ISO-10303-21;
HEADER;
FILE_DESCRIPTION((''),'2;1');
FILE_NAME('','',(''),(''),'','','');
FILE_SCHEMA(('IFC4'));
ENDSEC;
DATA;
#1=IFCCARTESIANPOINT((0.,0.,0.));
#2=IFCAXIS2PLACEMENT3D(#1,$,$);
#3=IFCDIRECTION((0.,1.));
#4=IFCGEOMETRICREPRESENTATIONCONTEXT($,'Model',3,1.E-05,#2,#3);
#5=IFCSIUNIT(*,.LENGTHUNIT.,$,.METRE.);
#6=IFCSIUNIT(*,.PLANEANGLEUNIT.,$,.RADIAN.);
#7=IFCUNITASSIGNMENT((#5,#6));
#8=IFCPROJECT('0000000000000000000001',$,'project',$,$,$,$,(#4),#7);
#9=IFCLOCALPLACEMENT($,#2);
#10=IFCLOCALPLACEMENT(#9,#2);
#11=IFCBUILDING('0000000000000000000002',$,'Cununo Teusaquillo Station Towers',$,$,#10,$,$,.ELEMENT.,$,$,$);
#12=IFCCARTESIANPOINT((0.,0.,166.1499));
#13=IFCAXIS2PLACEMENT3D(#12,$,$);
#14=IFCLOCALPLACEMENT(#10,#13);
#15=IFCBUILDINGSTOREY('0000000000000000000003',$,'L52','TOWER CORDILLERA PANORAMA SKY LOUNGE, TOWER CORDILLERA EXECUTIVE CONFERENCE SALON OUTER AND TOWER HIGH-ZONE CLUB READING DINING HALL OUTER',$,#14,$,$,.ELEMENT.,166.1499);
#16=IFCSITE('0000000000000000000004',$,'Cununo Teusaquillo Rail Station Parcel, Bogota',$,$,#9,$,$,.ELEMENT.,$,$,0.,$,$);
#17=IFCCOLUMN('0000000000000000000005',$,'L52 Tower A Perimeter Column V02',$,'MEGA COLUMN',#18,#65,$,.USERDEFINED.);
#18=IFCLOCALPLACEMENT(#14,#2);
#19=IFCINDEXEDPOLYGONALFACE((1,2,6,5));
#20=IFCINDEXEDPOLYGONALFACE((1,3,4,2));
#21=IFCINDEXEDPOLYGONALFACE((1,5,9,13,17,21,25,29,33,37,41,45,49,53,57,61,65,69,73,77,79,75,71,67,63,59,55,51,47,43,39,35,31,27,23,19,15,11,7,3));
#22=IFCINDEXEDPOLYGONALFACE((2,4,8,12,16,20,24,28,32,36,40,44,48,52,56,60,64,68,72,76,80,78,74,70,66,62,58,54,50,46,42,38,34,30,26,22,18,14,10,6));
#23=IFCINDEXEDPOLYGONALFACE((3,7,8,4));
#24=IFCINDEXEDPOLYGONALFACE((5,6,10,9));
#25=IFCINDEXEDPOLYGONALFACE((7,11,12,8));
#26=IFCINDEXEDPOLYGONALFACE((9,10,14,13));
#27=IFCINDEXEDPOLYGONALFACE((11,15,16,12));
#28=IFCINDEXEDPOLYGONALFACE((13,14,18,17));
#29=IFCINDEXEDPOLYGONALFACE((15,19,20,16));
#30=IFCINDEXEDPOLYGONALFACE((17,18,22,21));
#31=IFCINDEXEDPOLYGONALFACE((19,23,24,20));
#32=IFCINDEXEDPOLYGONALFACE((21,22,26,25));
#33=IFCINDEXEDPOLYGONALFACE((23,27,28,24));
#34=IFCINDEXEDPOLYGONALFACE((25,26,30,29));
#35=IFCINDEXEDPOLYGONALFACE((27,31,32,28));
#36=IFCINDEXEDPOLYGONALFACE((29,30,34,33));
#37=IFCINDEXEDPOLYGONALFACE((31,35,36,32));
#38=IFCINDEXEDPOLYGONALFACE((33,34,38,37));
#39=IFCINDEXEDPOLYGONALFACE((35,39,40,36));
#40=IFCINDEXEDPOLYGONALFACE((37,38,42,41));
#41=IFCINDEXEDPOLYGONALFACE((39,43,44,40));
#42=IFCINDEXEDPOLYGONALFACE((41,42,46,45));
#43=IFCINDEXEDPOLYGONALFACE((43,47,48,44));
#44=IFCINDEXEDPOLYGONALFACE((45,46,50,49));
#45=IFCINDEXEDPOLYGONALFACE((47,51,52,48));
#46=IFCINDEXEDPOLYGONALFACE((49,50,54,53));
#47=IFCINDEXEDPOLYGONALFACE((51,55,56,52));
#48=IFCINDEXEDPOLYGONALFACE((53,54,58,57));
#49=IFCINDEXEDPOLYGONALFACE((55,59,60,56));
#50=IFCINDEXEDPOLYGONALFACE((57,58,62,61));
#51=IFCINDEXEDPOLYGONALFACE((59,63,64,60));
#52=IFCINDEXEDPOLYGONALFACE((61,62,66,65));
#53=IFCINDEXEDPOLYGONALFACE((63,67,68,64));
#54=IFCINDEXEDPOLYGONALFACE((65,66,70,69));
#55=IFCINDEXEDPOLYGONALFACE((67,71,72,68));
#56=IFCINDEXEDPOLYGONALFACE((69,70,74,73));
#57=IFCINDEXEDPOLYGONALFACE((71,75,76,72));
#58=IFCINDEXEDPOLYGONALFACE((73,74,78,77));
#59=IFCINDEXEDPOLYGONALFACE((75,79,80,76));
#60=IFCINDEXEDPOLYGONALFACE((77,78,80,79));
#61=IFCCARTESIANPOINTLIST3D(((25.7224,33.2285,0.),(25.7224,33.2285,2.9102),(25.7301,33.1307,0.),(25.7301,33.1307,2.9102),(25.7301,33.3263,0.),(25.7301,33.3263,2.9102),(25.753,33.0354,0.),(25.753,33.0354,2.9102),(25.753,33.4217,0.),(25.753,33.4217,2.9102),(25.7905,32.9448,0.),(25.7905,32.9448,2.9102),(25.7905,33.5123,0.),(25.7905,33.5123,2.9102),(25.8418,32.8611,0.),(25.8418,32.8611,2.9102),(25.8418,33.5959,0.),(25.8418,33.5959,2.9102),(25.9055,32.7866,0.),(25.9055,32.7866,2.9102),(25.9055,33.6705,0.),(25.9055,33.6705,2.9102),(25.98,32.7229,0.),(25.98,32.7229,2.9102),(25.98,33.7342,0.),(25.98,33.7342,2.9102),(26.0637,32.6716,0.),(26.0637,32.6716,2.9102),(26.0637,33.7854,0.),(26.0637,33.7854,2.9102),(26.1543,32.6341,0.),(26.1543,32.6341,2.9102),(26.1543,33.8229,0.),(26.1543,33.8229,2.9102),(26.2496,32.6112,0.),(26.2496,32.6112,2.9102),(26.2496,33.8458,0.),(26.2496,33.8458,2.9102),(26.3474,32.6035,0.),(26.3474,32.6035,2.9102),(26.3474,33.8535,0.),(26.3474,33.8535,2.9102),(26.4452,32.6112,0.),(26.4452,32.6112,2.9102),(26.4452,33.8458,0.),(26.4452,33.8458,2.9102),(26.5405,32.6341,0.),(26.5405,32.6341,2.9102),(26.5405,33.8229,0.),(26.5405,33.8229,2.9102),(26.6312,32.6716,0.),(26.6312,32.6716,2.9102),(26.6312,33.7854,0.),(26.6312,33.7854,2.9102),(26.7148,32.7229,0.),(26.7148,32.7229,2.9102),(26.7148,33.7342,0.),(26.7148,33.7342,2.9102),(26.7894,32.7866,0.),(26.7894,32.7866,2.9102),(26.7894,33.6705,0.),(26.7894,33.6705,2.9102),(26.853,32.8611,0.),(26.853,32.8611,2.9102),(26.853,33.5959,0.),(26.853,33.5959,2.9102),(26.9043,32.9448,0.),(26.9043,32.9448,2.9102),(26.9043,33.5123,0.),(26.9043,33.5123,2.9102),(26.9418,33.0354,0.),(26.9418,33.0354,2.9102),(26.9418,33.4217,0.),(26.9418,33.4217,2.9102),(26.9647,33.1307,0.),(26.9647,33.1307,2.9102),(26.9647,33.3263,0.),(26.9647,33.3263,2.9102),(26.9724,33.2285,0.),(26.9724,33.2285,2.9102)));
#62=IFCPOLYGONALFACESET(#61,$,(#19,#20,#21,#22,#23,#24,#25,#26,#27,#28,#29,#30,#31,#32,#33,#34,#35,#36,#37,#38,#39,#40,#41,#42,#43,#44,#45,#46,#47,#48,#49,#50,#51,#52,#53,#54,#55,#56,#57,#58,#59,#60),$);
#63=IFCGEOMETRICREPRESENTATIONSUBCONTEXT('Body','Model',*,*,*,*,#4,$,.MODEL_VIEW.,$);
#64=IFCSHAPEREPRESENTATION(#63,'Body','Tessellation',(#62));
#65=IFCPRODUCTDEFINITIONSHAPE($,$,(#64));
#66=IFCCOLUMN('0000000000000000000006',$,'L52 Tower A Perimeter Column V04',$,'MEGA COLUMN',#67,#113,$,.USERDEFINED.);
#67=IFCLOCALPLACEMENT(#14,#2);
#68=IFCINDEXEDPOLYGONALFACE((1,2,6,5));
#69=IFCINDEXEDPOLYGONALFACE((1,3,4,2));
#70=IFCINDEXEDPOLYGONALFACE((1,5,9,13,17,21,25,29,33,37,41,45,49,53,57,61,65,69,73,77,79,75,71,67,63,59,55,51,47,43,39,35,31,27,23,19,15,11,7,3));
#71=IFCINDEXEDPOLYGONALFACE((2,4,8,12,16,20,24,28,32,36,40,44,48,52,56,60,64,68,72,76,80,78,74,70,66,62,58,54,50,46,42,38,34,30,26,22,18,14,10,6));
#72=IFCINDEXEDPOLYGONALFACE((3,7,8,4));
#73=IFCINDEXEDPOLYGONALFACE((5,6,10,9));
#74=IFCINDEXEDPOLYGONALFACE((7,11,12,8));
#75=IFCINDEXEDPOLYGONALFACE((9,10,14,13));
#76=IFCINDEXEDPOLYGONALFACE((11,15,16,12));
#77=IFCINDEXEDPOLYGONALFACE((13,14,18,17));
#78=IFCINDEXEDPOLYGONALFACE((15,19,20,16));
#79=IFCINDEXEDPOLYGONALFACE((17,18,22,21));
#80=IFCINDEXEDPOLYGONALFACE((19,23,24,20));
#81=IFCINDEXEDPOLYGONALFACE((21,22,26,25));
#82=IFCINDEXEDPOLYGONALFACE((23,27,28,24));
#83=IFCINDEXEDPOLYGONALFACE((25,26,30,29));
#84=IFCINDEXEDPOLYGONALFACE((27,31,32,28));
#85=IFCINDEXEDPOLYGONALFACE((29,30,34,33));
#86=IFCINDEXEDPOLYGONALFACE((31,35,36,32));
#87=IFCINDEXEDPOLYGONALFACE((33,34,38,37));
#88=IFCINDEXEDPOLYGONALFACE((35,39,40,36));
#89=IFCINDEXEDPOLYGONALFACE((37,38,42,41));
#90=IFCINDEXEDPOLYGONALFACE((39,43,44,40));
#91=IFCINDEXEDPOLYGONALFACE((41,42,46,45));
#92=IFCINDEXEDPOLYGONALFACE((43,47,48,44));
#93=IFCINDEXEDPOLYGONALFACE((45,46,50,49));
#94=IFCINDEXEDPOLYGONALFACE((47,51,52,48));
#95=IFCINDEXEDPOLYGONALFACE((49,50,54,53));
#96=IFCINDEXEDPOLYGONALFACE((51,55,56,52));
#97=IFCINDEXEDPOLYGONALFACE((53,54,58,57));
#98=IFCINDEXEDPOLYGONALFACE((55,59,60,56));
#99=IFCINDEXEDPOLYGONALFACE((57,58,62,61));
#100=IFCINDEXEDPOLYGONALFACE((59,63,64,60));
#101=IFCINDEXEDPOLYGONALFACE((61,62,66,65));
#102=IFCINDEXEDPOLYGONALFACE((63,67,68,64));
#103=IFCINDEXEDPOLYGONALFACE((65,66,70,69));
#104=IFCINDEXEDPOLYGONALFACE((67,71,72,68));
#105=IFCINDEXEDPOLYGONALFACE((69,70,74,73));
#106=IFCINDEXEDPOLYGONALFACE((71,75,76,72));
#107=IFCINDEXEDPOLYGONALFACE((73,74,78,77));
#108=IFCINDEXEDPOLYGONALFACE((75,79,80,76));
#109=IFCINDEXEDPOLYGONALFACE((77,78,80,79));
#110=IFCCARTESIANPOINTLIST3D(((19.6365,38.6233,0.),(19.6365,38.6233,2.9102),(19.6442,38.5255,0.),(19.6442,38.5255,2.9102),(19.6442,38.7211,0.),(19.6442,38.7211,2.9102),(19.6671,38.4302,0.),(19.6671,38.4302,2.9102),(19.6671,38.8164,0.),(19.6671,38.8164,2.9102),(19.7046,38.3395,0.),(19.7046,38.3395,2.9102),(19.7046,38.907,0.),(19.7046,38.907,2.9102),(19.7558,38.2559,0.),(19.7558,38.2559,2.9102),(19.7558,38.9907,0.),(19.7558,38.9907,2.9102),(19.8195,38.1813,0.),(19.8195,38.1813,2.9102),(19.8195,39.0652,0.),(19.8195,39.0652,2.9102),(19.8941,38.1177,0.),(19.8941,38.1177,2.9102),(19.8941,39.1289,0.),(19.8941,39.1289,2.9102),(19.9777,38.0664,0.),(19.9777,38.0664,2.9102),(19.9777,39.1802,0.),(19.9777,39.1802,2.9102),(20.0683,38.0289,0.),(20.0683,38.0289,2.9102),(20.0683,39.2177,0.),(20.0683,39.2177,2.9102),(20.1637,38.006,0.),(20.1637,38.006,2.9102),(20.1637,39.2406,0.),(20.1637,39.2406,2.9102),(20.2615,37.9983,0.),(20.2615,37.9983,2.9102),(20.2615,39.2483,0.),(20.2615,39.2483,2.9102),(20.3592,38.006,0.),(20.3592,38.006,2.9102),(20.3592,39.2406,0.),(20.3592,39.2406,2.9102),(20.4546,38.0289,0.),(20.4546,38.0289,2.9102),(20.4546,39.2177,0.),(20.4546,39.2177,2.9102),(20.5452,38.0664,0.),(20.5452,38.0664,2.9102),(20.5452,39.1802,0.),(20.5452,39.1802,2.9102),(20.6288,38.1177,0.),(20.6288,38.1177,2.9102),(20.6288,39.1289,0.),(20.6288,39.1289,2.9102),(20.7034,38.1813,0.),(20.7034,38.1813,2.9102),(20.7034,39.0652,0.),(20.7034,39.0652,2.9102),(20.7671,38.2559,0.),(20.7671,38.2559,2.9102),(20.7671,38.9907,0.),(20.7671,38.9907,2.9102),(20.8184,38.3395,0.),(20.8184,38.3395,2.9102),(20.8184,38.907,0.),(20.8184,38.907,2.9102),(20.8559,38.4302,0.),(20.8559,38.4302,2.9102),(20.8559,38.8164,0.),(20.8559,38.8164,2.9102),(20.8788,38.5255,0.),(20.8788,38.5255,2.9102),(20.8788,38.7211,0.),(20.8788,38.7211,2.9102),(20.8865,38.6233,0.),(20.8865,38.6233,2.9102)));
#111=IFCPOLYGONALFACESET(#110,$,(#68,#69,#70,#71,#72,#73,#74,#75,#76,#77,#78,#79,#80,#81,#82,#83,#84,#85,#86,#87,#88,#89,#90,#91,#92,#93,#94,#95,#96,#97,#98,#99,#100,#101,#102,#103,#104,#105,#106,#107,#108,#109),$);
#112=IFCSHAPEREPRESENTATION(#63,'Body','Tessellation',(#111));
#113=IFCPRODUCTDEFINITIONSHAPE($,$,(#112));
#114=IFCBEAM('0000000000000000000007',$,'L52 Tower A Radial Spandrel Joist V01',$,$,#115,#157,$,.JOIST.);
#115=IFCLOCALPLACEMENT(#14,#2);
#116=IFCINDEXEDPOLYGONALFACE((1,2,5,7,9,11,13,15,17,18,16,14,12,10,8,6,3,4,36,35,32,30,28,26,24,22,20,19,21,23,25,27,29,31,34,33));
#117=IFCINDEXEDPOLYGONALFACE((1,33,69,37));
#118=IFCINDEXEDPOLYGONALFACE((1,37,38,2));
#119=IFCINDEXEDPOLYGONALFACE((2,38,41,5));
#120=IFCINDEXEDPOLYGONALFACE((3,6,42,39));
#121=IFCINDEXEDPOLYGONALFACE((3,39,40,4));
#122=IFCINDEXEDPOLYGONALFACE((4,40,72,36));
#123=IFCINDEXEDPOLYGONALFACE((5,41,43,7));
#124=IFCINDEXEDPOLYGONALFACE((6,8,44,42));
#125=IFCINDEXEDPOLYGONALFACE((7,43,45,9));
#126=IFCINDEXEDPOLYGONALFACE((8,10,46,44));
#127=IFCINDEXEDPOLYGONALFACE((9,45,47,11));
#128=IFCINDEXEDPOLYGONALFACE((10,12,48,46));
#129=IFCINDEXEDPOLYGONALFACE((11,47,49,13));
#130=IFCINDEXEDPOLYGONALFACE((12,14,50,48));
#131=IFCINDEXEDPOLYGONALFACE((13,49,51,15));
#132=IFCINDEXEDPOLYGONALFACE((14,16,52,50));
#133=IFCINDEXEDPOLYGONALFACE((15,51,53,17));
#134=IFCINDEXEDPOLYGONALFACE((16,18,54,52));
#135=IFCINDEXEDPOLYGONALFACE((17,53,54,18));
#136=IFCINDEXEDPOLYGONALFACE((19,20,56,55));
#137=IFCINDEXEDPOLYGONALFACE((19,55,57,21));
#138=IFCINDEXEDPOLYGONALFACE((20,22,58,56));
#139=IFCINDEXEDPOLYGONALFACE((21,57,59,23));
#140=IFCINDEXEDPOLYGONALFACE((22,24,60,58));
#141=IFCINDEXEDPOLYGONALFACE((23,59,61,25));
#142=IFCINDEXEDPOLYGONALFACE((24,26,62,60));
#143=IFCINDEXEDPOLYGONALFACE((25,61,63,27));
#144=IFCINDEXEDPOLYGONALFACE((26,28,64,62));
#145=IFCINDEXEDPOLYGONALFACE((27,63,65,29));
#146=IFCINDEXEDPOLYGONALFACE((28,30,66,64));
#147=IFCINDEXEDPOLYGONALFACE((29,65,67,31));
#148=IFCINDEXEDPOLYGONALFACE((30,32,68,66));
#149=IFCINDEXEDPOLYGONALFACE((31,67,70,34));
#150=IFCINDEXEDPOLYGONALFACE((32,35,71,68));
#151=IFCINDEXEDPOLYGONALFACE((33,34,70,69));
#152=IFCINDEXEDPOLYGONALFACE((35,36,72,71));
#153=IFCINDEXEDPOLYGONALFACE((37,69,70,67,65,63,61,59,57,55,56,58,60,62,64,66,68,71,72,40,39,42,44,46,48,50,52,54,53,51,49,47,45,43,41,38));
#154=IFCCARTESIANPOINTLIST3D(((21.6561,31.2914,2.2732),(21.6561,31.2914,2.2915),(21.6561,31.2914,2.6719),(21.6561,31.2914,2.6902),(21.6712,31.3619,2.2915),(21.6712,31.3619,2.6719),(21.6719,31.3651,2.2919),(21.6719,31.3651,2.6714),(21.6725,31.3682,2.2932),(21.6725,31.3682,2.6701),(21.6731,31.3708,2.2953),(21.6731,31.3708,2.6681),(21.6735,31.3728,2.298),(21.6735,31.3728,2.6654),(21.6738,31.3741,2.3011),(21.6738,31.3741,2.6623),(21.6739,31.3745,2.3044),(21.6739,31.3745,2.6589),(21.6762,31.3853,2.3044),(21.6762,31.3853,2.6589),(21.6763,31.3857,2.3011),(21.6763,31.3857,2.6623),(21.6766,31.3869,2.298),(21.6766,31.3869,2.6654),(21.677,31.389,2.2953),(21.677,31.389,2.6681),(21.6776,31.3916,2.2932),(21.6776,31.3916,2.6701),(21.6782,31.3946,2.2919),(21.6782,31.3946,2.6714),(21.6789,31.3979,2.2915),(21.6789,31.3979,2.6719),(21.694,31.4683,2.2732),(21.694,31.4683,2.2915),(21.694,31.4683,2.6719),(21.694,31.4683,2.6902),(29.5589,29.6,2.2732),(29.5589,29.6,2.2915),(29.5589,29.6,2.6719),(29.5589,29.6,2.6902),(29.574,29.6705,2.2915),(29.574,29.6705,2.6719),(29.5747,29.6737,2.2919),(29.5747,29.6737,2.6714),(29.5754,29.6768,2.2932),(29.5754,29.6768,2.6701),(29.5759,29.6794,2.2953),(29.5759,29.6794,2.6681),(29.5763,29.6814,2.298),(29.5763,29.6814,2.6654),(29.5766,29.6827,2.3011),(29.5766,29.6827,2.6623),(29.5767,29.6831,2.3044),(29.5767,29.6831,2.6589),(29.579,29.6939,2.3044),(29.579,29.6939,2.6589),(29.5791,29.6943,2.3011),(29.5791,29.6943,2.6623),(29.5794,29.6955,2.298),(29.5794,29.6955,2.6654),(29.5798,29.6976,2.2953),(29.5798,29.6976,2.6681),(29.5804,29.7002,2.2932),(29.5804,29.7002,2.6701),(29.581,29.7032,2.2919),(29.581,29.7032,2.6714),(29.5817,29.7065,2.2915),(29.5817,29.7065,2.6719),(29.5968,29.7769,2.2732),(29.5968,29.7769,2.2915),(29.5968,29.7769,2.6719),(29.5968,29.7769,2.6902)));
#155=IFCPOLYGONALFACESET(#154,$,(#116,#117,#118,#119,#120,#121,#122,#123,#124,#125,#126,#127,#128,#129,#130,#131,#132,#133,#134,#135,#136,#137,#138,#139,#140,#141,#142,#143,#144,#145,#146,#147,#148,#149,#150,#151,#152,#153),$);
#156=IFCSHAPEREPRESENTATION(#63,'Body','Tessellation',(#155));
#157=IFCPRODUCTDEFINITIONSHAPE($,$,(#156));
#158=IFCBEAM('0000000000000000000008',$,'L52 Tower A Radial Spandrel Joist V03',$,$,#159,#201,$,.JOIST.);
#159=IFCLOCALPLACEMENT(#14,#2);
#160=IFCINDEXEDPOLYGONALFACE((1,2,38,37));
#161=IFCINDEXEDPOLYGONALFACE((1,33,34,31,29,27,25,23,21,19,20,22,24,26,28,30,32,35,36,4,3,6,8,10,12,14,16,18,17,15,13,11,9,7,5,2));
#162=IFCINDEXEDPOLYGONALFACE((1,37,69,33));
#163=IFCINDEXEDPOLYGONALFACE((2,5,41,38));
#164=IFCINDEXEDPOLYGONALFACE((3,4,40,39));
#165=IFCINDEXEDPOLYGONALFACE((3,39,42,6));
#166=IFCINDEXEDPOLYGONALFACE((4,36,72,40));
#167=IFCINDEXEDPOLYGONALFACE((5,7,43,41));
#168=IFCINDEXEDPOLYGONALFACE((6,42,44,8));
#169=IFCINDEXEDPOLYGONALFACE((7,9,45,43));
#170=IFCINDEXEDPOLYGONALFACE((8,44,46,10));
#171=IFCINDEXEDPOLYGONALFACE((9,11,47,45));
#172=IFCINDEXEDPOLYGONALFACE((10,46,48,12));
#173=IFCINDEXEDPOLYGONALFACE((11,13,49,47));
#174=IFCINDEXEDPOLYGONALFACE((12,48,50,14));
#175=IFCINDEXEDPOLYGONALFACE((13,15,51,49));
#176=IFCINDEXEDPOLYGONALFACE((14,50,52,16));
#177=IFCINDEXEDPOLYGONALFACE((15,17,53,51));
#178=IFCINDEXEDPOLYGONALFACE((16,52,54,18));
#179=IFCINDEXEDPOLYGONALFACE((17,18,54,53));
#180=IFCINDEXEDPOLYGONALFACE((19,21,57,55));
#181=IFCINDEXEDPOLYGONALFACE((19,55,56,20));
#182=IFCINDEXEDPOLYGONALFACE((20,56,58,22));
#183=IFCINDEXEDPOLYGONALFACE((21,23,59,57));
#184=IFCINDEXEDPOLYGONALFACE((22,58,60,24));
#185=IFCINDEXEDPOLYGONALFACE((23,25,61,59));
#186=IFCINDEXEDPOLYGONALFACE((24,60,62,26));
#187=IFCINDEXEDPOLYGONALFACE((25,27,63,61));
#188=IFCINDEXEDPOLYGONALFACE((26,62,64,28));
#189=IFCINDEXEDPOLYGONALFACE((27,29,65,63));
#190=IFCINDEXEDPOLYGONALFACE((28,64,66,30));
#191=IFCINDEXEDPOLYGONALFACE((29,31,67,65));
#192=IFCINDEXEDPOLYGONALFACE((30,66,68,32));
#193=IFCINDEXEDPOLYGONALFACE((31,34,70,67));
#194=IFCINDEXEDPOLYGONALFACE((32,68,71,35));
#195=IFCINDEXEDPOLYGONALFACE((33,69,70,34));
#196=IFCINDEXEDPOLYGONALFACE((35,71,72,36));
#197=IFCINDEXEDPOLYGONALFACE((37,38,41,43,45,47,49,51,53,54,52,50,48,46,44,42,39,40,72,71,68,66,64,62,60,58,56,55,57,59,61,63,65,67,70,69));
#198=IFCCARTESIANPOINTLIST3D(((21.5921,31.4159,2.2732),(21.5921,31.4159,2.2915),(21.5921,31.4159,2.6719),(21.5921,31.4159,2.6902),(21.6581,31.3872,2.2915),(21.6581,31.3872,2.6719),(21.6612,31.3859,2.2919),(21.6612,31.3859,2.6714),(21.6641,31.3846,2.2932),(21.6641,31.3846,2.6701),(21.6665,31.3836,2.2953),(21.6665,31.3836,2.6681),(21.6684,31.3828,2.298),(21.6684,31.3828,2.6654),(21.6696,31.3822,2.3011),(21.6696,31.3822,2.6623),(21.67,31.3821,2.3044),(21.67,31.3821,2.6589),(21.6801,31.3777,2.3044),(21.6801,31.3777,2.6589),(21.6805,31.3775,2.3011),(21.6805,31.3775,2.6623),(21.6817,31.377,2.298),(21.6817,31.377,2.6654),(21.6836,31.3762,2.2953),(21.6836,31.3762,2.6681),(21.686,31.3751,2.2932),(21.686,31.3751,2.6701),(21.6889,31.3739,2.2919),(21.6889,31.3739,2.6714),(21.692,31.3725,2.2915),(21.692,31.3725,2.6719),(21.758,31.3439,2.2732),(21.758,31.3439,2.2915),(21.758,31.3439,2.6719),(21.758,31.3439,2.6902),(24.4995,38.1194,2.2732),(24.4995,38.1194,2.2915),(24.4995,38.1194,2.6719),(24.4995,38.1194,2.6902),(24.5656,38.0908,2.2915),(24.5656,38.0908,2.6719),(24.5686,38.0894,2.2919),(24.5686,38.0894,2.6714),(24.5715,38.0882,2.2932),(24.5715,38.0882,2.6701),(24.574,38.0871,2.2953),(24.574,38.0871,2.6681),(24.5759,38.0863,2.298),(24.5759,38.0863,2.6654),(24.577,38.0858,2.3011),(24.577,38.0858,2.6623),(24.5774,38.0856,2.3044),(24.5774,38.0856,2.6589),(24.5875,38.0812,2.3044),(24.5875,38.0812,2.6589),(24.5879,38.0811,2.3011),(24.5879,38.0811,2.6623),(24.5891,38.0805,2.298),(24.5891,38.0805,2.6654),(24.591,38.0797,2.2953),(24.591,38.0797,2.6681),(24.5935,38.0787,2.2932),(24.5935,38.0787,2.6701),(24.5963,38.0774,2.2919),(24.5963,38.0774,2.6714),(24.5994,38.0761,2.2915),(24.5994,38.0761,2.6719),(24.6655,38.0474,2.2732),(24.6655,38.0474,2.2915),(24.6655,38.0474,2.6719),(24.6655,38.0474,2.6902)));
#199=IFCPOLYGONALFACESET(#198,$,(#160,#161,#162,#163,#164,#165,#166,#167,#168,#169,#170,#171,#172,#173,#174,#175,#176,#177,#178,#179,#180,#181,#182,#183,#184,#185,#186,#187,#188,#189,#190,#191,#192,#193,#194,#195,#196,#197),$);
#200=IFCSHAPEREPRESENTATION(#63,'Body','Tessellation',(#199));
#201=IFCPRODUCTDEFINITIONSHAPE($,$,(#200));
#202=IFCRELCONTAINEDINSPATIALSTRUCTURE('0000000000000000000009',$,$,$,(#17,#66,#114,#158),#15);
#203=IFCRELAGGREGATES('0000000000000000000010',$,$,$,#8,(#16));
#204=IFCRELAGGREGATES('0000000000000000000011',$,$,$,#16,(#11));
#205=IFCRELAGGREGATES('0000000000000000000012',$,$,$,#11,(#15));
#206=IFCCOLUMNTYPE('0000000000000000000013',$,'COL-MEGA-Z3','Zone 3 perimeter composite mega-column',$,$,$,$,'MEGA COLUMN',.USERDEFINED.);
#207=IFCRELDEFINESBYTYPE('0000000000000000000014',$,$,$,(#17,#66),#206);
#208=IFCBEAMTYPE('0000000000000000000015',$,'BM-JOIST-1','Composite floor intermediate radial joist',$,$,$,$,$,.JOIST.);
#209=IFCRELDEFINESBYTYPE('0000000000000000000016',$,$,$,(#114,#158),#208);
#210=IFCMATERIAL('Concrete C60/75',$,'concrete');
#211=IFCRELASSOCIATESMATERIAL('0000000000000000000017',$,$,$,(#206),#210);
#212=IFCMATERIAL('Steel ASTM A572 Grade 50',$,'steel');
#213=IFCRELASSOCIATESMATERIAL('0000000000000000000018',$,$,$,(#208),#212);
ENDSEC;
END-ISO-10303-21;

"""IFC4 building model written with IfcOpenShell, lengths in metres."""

from ifc_helpers import new_model, si_unit, direction, frame, origin, origin_2d, place, context, subcontext, project, spatial, circle, i_section, extrude, material, material_profile, profile_set, type_object, element, save


model = new_model("IFC4")

# Units and contexts
model_context = context("Model", 3, precision=1e-05, world=origin(), true_north=direction((0.0, 1.0)))
body_context = subcontext(model_context, "Body", "Model", "MODEL_VIEW")
ifc_project = project(units=[si_unit("LENGTHUNIT", "METRE"), si_unit("PLANEANGLEUNIT", "RADIAN")], contexts=[model_context])

# Site, building, storey
site_placement = place(None, origin())
site = spatial("IfcSite", under=ifc_project, at=site_placement, Name="Cununo Teusaquillo Rail Station Parcel, Bogota", CompositionType="ELEMENT", RefElevation=0.0)
building_placement = place(site_placement, origin())
building = spatial("IfcBuilding", under=site, at=building_placement, Name="Cununo Teusaquillo Station Towers", CompositionType="ELEMENT")
storey_placement = place(building_placement, frame((0.0, 0.0, 166.1499)))
storey = spatial("IfcBuildingStorey", under=building, at=storey_placement, Name="L52", Description="TOWER CORDILLERA PANORAMA SKY LOUNGE, TOWER CORDILLERA EXECUTIVE CONFERENCE SALON OUTER AND TOWER HIGH-ZONE CLUB READING DINING HALL OUTER", CompositionType="ELEMENT", Elevation=166.1499)

# Columns
ifc_material_1 = material(Name="Concrete C60/75", Category="concrete")
ifc_material_profile_1 = material_profile(ifc_material_1, circle(Radius=0.625, at=origin_2d()), Name="RC-CIRC-1250")
ifc_profile_set_1 = profile_set([ifc_material_profile_1], Name="Concrete C60/75")
column_type = type_object("IfcColumnType", Name="COL-MEGA-Z3", Description="Zone 3 perimeter composite mega-column", ElementType="MEGA COLUMN", PredefinedType="USERDEFINED", material=ifc_profile_set_1)
for number, where, z_axis, x_axis, name in (
    (1, (26.3474, 33.2285, 0.0), (0.0, 0.0, 1.0), (1.0, 0.0, 0.0), "L52 Tower A Perimeter Column V02"),
    (2, (20.2615, 38.6233, 0.0), (0.0, 0.0, 1.0), (1.0, 0.0, 0.0), "L52 Tower A Perimeter Column V04"),
):
    element("IfcColumn", number, at=place(storey_placement, frame(where, z_axis=z_axis, x_axis=x_axis)), inside=storey, type_object=column_type, Name=name, ObjectType="MEGA COLUMN", PredefinedType="USERDEFINED", context=body_context, shape_type="SweptSolid", body=[
        extrude(circle(Radius=0.625, at=origin_2d()), origin(), (0.0, 0.0, 1.0), 2.9102),
    ])

# Beams
ifc_material_2 = material(Name="Steel ASTM A572 Grade 50", Category="steel")
ifc_material_profile_2 = material_profile(ifc_material_2, i_section(OverallWidth=0.1809, OverallDepth=0.417, WebThickness=0.011, FlangeThickness=0.0183, FilletRadius=0.0129, at=origin_2d()), Name="W16X57")
ifc_profile_set_2 = profile_set([ifc_material_profile_2], Name="Steel ASTM A572 Grade 50")
beam_type_1 = type_object("IfcBeamType", Name="BM-JOIST-1", Description="Composite floor intermediate radial joist", PredefinedType="JOIST", material=ifc_profile_set_2)
beam_1_placement = place(storey_placement, frame((21.675, 31.3799, 2.4817), z_axis=(0.977855, -0.209286, 0.0), x_axis=(0.209286, 0.977855, 0.0)))
element("IfcBeam", 3, at=beam_1_placement, inside=storey, type_object=beam_type_1, Name="L52 Tower A Radial Spandrel Joist V01", PredefinedType="JOIST", context=body_context, shape_type="SweptSolid", body=[
    extrude(i_section(OverallWidth=0.1809, OverallDepth=0.417, WebThickness=0.011, FlangeThickness=0.0183, FilletRadius=0.0129, at=origin_2d()), origin(), (0.0, 0.0, 1.0), 8.0818),
])
beam_2_placement = place(storey_placement, frame((21.675, 31.3799, 2.4817), z_axis=(0.397904, 0.917427, 0.0), x_axis=(-0.917427, 0.397904, 0.0)))
element("IfcBeam", 4, at=beam_2_placement, inside=storey, type_object=beam_type_1, Name="L52 Tower A Radial Spandrel Joist V03", PredefinedType="JOIST", context=body_context, shape_type="SweptSolid", body=[
    extrude(i_section(OverallWidth=0.1809, OverallDepth=0.417, WebThickness=0.011, FlangeThickness=0.0183, FilletRadius=0.0129, at=origin_2d()), origin(), (0.0, 0.0, 1.0), 7.3069),
])

save(model, "model.ifc")
